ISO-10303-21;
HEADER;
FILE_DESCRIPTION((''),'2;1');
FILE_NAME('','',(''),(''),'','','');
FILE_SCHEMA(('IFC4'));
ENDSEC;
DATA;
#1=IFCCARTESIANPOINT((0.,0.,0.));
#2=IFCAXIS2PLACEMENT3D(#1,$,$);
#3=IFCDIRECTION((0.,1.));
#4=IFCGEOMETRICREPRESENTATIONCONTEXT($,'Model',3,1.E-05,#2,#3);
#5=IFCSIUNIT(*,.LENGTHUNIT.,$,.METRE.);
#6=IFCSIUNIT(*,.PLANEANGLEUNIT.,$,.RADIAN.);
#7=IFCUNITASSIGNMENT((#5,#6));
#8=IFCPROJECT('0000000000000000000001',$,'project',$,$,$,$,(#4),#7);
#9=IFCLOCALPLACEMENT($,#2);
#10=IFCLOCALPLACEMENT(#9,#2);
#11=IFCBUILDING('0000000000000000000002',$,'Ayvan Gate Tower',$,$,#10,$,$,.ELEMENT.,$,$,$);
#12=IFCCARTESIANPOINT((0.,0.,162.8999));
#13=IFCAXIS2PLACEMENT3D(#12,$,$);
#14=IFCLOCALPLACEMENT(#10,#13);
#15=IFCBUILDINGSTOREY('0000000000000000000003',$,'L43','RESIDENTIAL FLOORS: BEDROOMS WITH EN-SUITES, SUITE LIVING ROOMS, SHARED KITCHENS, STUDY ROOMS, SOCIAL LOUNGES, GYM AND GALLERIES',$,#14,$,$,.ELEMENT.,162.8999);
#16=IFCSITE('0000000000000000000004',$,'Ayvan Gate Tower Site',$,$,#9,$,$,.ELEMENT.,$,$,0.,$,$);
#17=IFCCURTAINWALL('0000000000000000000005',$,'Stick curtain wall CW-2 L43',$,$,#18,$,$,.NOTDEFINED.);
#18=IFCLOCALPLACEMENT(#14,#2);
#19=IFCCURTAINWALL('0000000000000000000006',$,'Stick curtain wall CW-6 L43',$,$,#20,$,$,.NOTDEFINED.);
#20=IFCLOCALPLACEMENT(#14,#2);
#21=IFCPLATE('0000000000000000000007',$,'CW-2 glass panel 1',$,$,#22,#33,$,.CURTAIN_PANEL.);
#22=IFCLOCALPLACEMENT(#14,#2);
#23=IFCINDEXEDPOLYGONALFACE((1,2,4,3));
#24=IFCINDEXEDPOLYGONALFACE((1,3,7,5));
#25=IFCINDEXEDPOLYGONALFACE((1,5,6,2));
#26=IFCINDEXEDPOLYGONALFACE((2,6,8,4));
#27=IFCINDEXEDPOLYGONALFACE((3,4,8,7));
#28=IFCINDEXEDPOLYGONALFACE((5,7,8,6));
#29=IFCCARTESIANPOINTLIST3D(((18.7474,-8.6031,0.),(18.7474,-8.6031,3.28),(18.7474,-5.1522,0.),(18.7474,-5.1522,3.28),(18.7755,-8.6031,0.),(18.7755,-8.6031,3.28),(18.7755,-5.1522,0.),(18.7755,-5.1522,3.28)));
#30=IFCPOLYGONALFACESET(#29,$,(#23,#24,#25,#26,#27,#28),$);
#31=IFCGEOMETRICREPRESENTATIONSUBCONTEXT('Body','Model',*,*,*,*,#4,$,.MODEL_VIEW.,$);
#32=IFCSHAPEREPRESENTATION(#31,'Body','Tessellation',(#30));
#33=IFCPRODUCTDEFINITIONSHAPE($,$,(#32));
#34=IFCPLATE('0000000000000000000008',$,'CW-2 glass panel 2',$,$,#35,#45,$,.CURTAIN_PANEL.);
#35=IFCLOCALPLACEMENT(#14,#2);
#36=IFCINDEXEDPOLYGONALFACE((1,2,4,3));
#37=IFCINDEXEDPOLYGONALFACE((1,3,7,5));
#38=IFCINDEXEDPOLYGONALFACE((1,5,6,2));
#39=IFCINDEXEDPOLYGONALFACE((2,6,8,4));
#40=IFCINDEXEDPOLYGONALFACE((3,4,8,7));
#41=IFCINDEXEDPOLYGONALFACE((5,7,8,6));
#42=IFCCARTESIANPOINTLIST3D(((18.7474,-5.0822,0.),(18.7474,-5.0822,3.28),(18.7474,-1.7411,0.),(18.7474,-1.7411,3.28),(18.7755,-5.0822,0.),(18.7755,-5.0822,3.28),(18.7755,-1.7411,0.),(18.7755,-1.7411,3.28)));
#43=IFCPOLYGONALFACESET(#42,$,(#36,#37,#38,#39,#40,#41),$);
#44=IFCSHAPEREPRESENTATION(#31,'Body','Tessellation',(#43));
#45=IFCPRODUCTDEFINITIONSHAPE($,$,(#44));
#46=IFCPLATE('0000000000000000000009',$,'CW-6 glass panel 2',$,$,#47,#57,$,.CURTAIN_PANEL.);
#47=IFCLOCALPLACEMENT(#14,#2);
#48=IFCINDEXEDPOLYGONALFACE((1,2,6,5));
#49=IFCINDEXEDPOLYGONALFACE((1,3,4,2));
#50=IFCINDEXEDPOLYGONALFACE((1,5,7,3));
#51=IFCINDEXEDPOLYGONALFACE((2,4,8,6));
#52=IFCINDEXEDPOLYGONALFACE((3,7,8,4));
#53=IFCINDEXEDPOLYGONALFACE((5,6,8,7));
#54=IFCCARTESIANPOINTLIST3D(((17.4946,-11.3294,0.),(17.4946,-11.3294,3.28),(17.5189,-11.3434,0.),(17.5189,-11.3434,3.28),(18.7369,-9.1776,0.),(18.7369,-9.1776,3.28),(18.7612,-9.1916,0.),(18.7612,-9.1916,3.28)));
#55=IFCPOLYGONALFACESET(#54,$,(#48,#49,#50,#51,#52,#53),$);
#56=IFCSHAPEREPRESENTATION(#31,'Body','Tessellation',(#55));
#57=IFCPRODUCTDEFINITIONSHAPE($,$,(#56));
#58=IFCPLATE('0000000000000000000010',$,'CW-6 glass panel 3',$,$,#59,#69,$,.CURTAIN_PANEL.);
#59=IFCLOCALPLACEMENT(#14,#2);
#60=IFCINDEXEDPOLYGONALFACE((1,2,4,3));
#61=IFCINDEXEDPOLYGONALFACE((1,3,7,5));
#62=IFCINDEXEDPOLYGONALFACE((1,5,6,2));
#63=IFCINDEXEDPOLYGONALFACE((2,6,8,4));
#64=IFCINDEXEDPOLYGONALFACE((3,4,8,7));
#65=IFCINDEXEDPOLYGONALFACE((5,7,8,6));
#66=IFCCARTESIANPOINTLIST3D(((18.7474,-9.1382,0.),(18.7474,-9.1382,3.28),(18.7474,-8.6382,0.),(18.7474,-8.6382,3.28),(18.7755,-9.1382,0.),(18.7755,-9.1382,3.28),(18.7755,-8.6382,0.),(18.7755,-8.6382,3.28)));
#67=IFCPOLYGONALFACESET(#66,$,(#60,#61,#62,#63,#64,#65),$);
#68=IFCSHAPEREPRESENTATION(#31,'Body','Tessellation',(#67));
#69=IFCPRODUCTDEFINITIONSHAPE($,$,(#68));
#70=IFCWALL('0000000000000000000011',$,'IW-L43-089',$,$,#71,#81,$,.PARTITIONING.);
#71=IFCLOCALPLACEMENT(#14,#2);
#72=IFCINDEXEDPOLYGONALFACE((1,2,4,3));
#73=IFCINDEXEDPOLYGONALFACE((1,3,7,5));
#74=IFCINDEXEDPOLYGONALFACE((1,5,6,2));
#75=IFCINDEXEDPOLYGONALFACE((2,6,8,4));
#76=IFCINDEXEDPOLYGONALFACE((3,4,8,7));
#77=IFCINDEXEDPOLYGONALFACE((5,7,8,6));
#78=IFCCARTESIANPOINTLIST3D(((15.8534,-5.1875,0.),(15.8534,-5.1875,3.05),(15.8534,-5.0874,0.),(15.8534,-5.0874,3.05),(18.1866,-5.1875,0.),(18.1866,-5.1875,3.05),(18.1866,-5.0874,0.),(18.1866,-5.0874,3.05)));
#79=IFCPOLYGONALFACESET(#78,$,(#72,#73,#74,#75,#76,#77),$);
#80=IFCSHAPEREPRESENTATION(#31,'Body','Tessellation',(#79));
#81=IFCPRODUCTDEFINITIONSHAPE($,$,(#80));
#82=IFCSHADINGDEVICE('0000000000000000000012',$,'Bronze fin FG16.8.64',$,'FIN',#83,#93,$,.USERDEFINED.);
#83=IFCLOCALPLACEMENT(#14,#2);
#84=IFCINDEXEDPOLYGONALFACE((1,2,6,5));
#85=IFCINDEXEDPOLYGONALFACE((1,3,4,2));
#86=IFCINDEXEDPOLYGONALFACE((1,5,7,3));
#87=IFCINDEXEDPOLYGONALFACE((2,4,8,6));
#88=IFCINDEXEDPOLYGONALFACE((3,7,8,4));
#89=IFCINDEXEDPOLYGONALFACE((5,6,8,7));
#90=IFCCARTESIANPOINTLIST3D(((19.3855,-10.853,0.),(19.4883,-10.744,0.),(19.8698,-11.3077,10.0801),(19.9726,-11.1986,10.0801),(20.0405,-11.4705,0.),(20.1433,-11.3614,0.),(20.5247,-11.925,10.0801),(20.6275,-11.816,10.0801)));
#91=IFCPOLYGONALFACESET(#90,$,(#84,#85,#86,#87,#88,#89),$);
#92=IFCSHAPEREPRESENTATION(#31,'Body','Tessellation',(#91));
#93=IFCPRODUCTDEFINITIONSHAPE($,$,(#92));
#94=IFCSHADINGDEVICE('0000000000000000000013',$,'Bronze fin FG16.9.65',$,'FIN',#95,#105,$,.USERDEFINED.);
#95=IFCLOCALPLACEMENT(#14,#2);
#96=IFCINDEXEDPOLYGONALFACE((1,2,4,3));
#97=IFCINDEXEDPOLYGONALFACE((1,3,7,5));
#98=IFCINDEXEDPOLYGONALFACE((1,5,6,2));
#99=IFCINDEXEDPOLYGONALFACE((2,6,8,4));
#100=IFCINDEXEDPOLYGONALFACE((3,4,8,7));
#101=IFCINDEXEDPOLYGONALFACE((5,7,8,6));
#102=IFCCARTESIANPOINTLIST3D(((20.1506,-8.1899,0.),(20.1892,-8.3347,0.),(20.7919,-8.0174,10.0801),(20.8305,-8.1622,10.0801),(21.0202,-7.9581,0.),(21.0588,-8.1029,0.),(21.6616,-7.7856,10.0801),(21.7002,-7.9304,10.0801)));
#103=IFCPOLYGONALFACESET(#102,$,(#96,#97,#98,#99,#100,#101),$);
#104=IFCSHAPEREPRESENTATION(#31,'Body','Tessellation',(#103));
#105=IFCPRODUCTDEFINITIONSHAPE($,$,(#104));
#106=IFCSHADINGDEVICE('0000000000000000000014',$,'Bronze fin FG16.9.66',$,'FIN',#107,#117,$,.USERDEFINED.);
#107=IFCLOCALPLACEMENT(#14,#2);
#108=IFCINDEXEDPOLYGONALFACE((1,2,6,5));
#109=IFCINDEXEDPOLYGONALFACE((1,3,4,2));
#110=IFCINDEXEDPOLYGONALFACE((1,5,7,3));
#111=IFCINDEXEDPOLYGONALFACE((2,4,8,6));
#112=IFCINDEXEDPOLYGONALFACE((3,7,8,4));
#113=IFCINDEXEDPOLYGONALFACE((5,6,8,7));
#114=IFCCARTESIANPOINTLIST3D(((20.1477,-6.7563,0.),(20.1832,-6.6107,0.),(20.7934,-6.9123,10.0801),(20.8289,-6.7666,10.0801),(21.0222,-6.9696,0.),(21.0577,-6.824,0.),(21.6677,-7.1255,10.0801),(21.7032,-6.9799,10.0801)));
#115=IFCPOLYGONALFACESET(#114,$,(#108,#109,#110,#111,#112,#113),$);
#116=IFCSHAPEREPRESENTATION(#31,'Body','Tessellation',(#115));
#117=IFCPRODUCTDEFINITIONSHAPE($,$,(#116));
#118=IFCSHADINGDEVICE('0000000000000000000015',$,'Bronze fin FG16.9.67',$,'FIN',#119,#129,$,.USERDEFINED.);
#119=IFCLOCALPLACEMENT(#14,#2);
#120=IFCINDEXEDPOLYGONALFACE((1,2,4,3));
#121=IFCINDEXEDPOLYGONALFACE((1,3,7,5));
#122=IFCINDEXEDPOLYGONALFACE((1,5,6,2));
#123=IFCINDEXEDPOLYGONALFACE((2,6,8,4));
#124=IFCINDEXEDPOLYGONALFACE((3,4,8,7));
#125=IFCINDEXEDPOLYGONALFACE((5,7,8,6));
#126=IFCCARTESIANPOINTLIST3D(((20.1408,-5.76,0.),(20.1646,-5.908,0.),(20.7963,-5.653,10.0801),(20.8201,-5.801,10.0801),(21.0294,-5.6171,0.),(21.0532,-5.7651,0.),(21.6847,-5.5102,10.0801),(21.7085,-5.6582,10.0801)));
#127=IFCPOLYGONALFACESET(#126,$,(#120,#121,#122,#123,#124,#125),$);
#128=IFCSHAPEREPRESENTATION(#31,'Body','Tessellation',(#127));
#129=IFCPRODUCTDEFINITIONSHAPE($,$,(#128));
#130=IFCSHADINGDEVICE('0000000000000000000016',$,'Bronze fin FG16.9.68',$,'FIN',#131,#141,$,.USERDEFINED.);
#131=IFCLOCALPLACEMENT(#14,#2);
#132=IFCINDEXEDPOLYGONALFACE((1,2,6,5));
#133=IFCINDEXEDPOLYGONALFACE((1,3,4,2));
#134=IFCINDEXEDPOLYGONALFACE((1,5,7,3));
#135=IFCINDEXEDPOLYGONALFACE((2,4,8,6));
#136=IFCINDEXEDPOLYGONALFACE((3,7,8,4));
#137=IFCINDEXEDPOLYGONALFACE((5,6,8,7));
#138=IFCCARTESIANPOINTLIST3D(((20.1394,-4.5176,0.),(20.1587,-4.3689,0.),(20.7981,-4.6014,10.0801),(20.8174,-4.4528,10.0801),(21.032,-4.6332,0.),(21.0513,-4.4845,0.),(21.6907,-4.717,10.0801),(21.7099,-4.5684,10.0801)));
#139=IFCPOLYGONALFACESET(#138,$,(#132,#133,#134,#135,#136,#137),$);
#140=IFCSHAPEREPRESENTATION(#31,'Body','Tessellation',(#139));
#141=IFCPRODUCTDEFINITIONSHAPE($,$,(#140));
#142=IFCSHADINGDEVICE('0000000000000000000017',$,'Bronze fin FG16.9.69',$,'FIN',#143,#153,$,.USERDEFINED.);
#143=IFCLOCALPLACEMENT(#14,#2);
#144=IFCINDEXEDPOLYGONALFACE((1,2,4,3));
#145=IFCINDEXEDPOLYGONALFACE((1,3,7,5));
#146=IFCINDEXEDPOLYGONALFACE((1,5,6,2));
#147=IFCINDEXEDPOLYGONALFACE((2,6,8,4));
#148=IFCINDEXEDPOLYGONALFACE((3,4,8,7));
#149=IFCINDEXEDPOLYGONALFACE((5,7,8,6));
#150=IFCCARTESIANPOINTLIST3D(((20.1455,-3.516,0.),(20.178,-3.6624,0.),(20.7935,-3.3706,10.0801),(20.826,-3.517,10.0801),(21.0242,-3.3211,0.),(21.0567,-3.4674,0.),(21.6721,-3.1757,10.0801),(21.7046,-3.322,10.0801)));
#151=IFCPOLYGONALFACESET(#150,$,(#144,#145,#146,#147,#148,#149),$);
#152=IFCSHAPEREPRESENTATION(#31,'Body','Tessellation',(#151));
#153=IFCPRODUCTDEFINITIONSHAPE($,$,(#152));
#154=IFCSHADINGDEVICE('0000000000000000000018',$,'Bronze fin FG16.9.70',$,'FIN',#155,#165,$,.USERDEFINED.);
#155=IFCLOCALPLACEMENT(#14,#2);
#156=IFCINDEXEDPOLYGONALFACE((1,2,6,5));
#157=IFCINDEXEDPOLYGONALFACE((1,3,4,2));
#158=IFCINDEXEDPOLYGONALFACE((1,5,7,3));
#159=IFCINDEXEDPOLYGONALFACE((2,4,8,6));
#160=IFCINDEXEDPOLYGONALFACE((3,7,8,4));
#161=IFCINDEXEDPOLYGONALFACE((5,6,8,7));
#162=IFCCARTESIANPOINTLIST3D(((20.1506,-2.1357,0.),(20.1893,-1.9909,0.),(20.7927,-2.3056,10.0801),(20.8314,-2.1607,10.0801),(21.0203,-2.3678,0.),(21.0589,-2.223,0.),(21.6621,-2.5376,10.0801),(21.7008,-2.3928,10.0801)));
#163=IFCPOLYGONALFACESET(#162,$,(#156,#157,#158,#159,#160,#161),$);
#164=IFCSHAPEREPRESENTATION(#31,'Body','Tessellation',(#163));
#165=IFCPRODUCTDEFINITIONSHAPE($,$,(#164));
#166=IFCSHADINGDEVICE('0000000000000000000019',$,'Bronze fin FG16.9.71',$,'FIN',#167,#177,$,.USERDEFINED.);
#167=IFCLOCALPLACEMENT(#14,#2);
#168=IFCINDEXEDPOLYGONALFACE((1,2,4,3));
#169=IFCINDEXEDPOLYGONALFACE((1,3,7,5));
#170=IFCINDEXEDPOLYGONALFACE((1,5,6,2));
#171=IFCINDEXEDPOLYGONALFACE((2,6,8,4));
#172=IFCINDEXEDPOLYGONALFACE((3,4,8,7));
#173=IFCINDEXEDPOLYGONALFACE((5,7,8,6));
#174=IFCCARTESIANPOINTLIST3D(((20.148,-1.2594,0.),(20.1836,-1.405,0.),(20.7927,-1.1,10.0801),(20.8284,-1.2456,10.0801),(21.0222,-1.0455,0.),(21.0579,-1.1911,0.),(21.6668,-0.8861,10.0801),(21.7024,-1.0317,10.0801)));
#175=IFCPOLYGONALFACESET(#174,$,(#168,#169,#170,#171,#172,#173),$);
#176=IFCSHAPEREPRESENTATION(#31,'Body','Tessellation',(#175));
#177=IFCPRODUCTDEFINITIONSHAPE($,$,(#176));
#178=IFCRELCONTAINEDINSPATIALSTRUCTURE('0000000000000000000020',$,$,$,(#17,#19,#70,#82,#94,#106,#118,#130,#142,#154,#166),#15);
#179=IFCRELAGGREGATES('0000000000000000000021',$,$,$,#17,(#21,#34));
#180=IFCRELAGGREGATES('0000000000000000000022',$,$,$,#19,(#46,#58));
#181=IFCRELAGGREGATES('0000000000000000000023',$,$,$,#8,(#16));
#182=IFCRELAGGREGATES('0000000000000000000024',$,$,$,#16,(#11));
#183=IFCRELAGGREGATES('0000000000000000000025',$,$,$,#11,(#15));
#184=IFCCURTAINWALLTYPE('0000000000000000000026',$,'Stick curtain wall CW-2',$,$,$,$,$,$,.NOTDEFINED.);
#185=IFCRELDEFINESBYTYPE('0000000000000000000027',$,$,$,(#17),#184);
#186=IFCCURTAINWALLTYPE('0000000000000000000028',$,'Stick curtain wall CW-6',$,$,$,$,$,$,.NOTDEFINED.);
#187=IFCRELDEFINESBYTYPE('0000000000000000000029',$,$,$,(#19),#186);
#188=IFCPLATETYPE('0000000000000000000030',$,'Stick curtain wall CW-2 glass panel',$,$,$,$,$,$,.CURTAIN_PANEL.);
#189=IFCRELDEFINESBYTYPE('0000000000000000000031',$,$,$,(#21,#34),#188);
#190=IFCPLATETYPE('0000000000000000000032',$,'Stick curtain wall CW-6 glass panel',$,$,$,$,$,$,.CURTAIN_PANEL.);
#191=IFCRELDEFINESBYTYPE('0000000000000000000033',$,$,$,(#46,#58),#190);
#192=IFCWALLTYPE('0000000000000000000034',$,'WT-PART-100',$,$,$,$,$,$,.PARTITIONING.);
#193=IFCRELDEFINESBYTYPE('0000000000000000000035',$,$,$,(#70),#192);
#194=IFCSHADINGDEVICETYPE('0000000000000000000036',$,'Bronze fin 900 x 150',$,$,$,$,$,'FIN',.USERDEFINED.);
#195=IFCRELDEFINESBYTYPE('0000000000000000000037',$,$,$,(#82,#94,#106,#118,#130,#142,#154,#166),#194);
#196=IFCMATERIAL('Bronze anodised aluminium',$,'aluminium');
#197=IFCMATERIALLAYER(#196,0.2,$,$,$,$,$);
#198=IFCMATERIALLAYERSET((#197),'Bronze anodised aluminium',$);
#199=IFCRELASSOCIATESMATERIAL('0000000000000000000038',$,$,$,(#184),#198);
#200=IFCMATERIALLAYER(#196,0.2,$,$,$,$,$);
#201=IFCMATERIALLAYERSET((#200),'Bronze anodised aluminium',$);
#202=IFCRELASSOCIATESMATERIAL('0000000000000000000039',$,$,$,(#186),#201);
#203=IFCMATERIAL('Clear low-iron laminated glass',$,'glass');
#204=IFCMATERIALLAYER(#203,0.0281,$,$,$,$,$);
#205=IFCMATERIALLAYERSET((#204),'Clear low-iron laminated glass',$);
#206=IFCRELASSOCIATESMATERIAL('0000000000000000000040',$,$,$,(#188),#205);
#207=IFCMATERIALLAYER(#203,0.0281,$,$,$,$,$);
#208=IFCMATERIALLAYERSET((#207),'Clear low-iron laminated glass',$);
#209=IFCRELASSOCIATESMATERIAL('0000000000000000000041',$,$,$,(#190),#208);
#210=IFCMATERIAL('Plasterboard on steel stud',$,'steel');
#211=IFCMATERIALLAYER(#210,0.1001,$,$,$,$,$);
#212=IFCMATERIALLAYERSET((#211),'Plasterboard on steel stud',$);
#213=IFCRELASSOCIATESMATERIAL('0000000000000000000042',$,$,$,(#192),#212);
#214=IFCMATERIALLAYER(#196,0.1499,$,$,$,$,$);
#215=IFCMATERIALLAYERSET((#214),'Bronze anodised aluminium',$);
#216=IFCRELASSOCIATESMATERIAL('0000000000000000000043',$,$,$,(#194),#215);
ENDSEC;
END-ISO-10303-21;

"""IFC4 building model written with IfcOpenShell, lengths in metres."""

from ifc_helpers import new_model, si_unit, direction, frame, frame_2d, origin, origin_2d, place, context, subcontext, project, spatial, polyline, rectangle, outline, extrude, material, layer, layer_set, type_object, element, aggregate, save


model = new_model("IFC4")

# Units and contexts
model_context = context("Model", 3, precision=1e-05, world=origin(), true_north=direction((0.0, 1.0)))
body_context = subcontext(model_context, "Body", "Model", "MODEL_VIEW")
ifc_project = project(units=[si_unit("LENGTHUNIT", "METRE"), si_unit("PLANEANGLEUNIT", "RADIAN")], contexts=[model_context])

# Site, building, storey
site_placement = place(None, origin())
site = spatial("IfcSite", under=ifc_project, at=site_placement, Name="Ayvan Gate Tower Site", CompositionType="ELEMENT", RefElevation=0.0)
building_placement = place(site_placement, origin())
building = spatial("IfcBuilding", under=site, at=building_placement, Name="Ayvan Gate Tower", CompositionType="ELEMENT")
storey_placement = place(building_placement, frame((0.0, 0.0, 162.8999)))
storey = spatial("IfcBuildingStorey", under=building, at=storey_placement, Name="L43", Description="RESIDENTIAL FLOORS: BEDROOMS WITH EN-SUITES, SUITE LIVING ROOMS, SHARED KITCHENS, STUDY ROOMS, SOCIAL LOUNGES, GYM AND GALLERIES", CompositionType="ELEMENT", Elevation=162.8999)

# Curtain walls
ifc_material_1 = material(Name="Bronze anodised aluminium", Category="aluminium")
ifc_layer_1 = layer(ifc_material_1, 0.2)
ifc_layer_set_1 = layer_set([ifc_layer_1], Name="Bronze anodised aluminium")
curtain_wall_type_1 = type_object("IfcCurtainWallType", Name="Stick curtain wall CW-2", PredefinedType="NOTDEFINED", material=ifc_layer_set_1)
curtain_wall_1_placement = place(storey_placement, origin())
curtain_wall_1 = element("IfcCurtainWall", 1, at=curtain_wall_1_placement, inside=storey, type_object=curtain_wall_type_1, Name="Stick curtain wall CW-2 L43", PredefinedType="NOTDEFINED")
ifc_layer_2 = layer(ifc_material_1, 0.2)
ifc_layer_set_2 = layer_set([ifc_layer_2], Name="Bronze anodised aluminium")
curtain_wall_type_2 = type_object("IfcCurtainWallType", Name="Stick curtain wall CW-6", PredefinedType="NOTDEFINED", material=ifc_layer_set_2)
curtain_wall_2_placement = place(storey_placement, origin())
curtain_wall_2 = element("IfcCurtainWall", 2, at=curtain_wall_2_placement, inside=storey, type_object=curtain_wall_type_2, Name="Stick curtain wall CW-6 L43", PredefinedType="NOTDEFINED")

# Plates
ifc_material_2 = material(Name="Clear low-iron laminated glass", Category="glass")
ifc_layer_3 = layer(ifc_material_2, 0.0281)
ifc_layer_set_3 = layer_set([ifc_layer_3], Name="Clear low-iron laminated glass")
plate_type_1 = type_object("IfcPlateType", Name="Stick curtain wall CW-2 glass panel", PredefinedType="CURTAIN_PANEL", material=ifc_layer_set_3)
plate_1_placement = place(storey_placement, frame((18.7615, -6.8777, 0.0), z_axis=(0.0, 0.0, 1.0), x_axis=(0.0, 1.0, 0.0)))
plate_1 = element("IfcPlate", 3, at=plate_1_placement, type_object=plate_type_1, Name="CW-2 glass panel 1", PredefinedType="CURTAIN_PANEL", context=body_context, shape_type="SweptSolid", body=[
    extrude(rectangle(XDim=3.4509, YDim=0.0281, at=origin_2d()), origin(), (0.0, 0.0, 1.0), 3.28),
])
plate_2_placement = place(storey_placement, frame((18.7615, -3.4116, 0.0), z_axis=(0.0, 0.0, 1.0), x_axis=(0.0, 1.0, 0.0)))
plate_2 = element("IfcPlate", 4, at=plate_2_placement, type_object=plate_type_1, Name="CW-2 glass panel 2", PredefinedType="CURTAIN_PANEL", context=body_context, shape_type="SweptSolid", body=[
    extrude(rectangle(XDim=3.3411, YDim=0.0281, at=origin_2d()), origin(), (0.0, 0.0, 1.0), 3.28),
])
aggregate(curtain_wall_1, [plate_1, plate_2])
ifc_layer_4 = layer(ifc_material_2, 0.0281)
ifc_layer_set_4 = layer_set([ifc_layer_4], Name="Clear low-iron laminated glass")
plate_type_2 = type_object("IfcPlateType", Name="Stick curtain wall CW-6 glass panel", PredefinedType="CURTAIN_PANEL", material=ifc_layer_set_4)
plate_3_placement = place(storey_placement, frame((18.1279, -10.2605, 0.0), z_axis=(0.0, 0.0, 1.0), x_axis=(0.5, 0.866025, 0.0)))
plate_3 = element("IfcPlate", 5, at=plate_3_placement, type_object=plate_type_2, Name="CW-6 glass panel 2", PredefinedType="CURTAIN_PANEL", context=body_context, shape_type="SweptSolid", body=[
    extrude(rectangle(XDim=2.4846, YDim=0.0281, at=origin_2d()), origin(), (0.0, 0.0, 1.0), 3.28),
])
plate_4_placement = place(storey_placement, frame((18.7615, -8.8882, 0.0), z_axis=(0.0, 0.0, 1.0), x_axis=(0.0, 1.0, 0.0)))
plate_4 = element("IfcPlate", 6, at=plate_4_placement, type_object=plate_type_2, Name="CW-6 glass panel 3", PredefinedType="CURTAIN_PANEL", context=body_context, shape_type="SweptSolid", body=[
    extrude(rectangle(XDim=0.5, YDim=0.0281, at=origin_2d()), origin(), (0.0, 0.0, 1.0), 3.28),
])
aggregate(curtain_wall_2, [plate_3, plate_4])

# Wall
ifc_material_3 = material(Name="Plasterboard on steel stud", Category="steel")
ifc_layer_5 = layer(ifc_material_3, 0.1001)
ifc_layer_set_5 = layer_set([ifc_layer_5], Name="Plasterboard on steel stud")
wall_type = type_object("IfcWallType", Name="WT-PART-100", PredefinedType="PARTITIONING", material=ifc_layer_set_5)
wall_placement = place(storey_placement, frame((18.1865, -5.1375, 0.0), z_axis=(0.0, 0.0, 1.0), x_axis=(-1.0, 0.0, 0.0)))
element("IfcWall", 7, at=wall_placement, inside=storey, type_object=wall_type, Name="IW-L43-089", PredefinedType="PARTITIONING", context=body_context, shape_type="SweptSolid", body=[
    extrude(rectangle(XDim=2.3333, YDim=0.1001, at=frame_2d((1.1665, 0.0))), origin(), (0.0, 0.0, 1.0), 3.05),
])

# Shading devices
ifc_layer_6 = layer(ifc_material_1, 0.1499)
ifc_layer_set_6 = layer_set([ifc_layer_6], Name="Bronze anodised aluminium")
shading_device_type = type_object("IfcShadingDeviceType", Name="Bronze fin 900 x 150", ElementType="FIN", PredefinedType="USERDEFINED", material=ifc_layer_set_6)
shading_device_1_placement = place(storey_placement, frame((19.3855, -10.853, 0.0), z_axis=(-0.685982, -0.727618, 0.000141), x_axis=(0.727618, -0.685982, 0.0)))
element("IfcShadingDevice", 8, at=shading_device_1_placement, inside=storey, type_object=shading_device_type, Name="Bronze fin FG16.8.64", ObjectType="FIN", PredefinedType="USERDEFINED", context=body_context, shape_type="SweptSolid", body=[
    extrude(outline(polyline([(0.0, 0.0), (0.9002, 0.0), (1.5643, 10.0801), (0.6643, 10.0801), (0.0, 0.0)])), origin(), (0.0, 0.0, -1.0), 0.1499),
])
shading_device_2_placement = place(storey_placement, frame((20.1892, -8.3347, 0.0), z_axis=(0.25757, -0.96626, 0.000146), x_axis=(0.96626, 0.25757, 0.0)))
element("IfcShadingDevice", 9, at=shading_device_2_placement, inside=storey, type_object=shading_device_type, Name="Bronze fin FG16.9.65", ObjectType="FIN", PredefinedType="USERDEFINED", context=body_context, shape_type="SweptSolid", body=[
    extrude(outline(polyline([(0.0, 0.0), (0.9, 0.0), (1.5641, 10.0801), (0.6641, 10.0801), (0.0, 0.0)])), origin(), (0.0, 0.0, -1.0), 0.1499),
])
shading_device_3_placement = place(storey_placement, frame((20.1477, -6.7563, 0.0), z_axis=(-0.236947, -0.971523, 0.000152), x_axis=(0.971523, -0.236947, 0.0)))
element("IfcShadingDevice", 10, at=shading_device_3_placement, inside=storey, type_object=shading_device_type, Name="Bronze fin FG16.9.66", ObjectType="FIN", PredefinedType="USERDEFINED", context=body_context, shape_type="SweptSolid", body=[
    extrude(outline(polyline([(0.0, 0.0), (0.9001, 0.0), (1.5642, 10.0801), (0.6643, 10.0801), (0.0, 0.0)])), origin(), (0.0, 0.0, -1.0), 0.1499),
])
shading_device_4_placement = place(storey_placement, frame((20.1646, -5.908, 0.0), z_axis=(0.158699, -0.987327, 0.000156), x_axis=(0.987327, 0.158699, 0.0)))
element("IfcShadingDevice", 11, at=shading_device_4_placement, inside=storey, type_object=shading_device_type, Name="Bronze fin FG16.9.67", ObjectType="FIN", PredefinedType="USERDEFINED", context=body_context, shape_type="SweptSolid", body=[
    extrude(outline(polyline([(0.0, 0.0), (0.9001, 0.0), (1.564, 10.0801), (0.6642, 10.0801), (0.0, 0.0)])), origin(), (0.0, 0.0, -1.0), 0.1499),
])
shading_device_5_placement = place(storey_placement, frame((20.1394, -4.5176, 0.0), z_axis=(-0.12844, -0.991717, 0.000142), x_axis=(0.991717, -0.12844, 0.0)))
element("IfcShadingDevice", 12, at=shading_device_5_placement, inside=storey, type_object=shading_device_type, Name="Bronze fin FG16.9.68", ObjectType="FIN", PredefinedType="USERDEFINED", context=body_context, shape_type="SweptSolid", body=[
    extrude(outline(polyline([(0.0, 0.0), (0.9, 0.0), (1.564, 10.0801), (0.664, 10.0801), (0.0, 0.0)])), origin(), (0.0, 0.0, -1.0), 0.1499),
])
shading_device_6_placement = place(storey_placement, frame((20.178, -3.6624, 0.0), z_axis=(0.2166, -0.97626, 0.000158), x_axis=(0.97626, 0.2166, 0.0)))
element("IfcShadingDevice", 13, at=shading_device_6_placement, inside=storey, type_object=shading_device_type, Name="Bronze fin FG16.9.69", ObjectType="FIN", PredefinedType="USERDEFINED", context=body_context, shape_type="SweptSolid", body=[
    extrude(outline(polyline([(0.0, 0.0), (0.9001, 0.0), (1.5641, 10.0801), (0.6641, 10.0801), (0.0, 0.0)])), origin(), (0.0, 0.0, -1.0), 0.1499),
])
shading_device_7_placement = place(storey_placement, frame((20.1506, -2.1357, 0.0), z_axis=(-0.257857, -0.966183, 0.000147), x_axis=(0.966183, -0.257857, 0.0)))
element("IfcShadingDevice", 14, at=shading_device_7_placement, inside=storey, type_object=shading_device_type, Name="Bronze fin FG16.9.70", ObjectType="FIN", PredefinedType="USERDEFINED", context=body_context, shape_type="SweptSolid", body=[
    extrude(outline(polyline([(0.0, 0.0), (0.9001, 0.0), (1.564, 10.0801), (0.6642, 10.0801), (0.0, 0.0)])), origin(), (0.0, 0.0, -1.0), 0.1499),
])
shading_device_8_placement = place(storey_placement, frame((20.1836, -1.405, 0.0), z_axis=(0.237649, -0.971351, 0.000164), x_axis=(0.971351, 0.237649, 0.0)))
element("IfcShadingDevice", 15, at=shading_device_8_placement, inside=storey, type_object=shading_device_type, Name="Bronze fin FG16.9.71", ObjectType="FIN", PredefinedType="USERDEFINED", context=body_context, shape_type="SweptSolid", body=[
    extrude(outline(polyline([(0.0, 0.0), (0.9, 0.0), (1.564, 10.0801), (0.6642, 10.0801), (0.0, 0.0)])), origin(), (0.0, 0.0, -1.0), 0.1499),
])

save(model, "model.ifc")
